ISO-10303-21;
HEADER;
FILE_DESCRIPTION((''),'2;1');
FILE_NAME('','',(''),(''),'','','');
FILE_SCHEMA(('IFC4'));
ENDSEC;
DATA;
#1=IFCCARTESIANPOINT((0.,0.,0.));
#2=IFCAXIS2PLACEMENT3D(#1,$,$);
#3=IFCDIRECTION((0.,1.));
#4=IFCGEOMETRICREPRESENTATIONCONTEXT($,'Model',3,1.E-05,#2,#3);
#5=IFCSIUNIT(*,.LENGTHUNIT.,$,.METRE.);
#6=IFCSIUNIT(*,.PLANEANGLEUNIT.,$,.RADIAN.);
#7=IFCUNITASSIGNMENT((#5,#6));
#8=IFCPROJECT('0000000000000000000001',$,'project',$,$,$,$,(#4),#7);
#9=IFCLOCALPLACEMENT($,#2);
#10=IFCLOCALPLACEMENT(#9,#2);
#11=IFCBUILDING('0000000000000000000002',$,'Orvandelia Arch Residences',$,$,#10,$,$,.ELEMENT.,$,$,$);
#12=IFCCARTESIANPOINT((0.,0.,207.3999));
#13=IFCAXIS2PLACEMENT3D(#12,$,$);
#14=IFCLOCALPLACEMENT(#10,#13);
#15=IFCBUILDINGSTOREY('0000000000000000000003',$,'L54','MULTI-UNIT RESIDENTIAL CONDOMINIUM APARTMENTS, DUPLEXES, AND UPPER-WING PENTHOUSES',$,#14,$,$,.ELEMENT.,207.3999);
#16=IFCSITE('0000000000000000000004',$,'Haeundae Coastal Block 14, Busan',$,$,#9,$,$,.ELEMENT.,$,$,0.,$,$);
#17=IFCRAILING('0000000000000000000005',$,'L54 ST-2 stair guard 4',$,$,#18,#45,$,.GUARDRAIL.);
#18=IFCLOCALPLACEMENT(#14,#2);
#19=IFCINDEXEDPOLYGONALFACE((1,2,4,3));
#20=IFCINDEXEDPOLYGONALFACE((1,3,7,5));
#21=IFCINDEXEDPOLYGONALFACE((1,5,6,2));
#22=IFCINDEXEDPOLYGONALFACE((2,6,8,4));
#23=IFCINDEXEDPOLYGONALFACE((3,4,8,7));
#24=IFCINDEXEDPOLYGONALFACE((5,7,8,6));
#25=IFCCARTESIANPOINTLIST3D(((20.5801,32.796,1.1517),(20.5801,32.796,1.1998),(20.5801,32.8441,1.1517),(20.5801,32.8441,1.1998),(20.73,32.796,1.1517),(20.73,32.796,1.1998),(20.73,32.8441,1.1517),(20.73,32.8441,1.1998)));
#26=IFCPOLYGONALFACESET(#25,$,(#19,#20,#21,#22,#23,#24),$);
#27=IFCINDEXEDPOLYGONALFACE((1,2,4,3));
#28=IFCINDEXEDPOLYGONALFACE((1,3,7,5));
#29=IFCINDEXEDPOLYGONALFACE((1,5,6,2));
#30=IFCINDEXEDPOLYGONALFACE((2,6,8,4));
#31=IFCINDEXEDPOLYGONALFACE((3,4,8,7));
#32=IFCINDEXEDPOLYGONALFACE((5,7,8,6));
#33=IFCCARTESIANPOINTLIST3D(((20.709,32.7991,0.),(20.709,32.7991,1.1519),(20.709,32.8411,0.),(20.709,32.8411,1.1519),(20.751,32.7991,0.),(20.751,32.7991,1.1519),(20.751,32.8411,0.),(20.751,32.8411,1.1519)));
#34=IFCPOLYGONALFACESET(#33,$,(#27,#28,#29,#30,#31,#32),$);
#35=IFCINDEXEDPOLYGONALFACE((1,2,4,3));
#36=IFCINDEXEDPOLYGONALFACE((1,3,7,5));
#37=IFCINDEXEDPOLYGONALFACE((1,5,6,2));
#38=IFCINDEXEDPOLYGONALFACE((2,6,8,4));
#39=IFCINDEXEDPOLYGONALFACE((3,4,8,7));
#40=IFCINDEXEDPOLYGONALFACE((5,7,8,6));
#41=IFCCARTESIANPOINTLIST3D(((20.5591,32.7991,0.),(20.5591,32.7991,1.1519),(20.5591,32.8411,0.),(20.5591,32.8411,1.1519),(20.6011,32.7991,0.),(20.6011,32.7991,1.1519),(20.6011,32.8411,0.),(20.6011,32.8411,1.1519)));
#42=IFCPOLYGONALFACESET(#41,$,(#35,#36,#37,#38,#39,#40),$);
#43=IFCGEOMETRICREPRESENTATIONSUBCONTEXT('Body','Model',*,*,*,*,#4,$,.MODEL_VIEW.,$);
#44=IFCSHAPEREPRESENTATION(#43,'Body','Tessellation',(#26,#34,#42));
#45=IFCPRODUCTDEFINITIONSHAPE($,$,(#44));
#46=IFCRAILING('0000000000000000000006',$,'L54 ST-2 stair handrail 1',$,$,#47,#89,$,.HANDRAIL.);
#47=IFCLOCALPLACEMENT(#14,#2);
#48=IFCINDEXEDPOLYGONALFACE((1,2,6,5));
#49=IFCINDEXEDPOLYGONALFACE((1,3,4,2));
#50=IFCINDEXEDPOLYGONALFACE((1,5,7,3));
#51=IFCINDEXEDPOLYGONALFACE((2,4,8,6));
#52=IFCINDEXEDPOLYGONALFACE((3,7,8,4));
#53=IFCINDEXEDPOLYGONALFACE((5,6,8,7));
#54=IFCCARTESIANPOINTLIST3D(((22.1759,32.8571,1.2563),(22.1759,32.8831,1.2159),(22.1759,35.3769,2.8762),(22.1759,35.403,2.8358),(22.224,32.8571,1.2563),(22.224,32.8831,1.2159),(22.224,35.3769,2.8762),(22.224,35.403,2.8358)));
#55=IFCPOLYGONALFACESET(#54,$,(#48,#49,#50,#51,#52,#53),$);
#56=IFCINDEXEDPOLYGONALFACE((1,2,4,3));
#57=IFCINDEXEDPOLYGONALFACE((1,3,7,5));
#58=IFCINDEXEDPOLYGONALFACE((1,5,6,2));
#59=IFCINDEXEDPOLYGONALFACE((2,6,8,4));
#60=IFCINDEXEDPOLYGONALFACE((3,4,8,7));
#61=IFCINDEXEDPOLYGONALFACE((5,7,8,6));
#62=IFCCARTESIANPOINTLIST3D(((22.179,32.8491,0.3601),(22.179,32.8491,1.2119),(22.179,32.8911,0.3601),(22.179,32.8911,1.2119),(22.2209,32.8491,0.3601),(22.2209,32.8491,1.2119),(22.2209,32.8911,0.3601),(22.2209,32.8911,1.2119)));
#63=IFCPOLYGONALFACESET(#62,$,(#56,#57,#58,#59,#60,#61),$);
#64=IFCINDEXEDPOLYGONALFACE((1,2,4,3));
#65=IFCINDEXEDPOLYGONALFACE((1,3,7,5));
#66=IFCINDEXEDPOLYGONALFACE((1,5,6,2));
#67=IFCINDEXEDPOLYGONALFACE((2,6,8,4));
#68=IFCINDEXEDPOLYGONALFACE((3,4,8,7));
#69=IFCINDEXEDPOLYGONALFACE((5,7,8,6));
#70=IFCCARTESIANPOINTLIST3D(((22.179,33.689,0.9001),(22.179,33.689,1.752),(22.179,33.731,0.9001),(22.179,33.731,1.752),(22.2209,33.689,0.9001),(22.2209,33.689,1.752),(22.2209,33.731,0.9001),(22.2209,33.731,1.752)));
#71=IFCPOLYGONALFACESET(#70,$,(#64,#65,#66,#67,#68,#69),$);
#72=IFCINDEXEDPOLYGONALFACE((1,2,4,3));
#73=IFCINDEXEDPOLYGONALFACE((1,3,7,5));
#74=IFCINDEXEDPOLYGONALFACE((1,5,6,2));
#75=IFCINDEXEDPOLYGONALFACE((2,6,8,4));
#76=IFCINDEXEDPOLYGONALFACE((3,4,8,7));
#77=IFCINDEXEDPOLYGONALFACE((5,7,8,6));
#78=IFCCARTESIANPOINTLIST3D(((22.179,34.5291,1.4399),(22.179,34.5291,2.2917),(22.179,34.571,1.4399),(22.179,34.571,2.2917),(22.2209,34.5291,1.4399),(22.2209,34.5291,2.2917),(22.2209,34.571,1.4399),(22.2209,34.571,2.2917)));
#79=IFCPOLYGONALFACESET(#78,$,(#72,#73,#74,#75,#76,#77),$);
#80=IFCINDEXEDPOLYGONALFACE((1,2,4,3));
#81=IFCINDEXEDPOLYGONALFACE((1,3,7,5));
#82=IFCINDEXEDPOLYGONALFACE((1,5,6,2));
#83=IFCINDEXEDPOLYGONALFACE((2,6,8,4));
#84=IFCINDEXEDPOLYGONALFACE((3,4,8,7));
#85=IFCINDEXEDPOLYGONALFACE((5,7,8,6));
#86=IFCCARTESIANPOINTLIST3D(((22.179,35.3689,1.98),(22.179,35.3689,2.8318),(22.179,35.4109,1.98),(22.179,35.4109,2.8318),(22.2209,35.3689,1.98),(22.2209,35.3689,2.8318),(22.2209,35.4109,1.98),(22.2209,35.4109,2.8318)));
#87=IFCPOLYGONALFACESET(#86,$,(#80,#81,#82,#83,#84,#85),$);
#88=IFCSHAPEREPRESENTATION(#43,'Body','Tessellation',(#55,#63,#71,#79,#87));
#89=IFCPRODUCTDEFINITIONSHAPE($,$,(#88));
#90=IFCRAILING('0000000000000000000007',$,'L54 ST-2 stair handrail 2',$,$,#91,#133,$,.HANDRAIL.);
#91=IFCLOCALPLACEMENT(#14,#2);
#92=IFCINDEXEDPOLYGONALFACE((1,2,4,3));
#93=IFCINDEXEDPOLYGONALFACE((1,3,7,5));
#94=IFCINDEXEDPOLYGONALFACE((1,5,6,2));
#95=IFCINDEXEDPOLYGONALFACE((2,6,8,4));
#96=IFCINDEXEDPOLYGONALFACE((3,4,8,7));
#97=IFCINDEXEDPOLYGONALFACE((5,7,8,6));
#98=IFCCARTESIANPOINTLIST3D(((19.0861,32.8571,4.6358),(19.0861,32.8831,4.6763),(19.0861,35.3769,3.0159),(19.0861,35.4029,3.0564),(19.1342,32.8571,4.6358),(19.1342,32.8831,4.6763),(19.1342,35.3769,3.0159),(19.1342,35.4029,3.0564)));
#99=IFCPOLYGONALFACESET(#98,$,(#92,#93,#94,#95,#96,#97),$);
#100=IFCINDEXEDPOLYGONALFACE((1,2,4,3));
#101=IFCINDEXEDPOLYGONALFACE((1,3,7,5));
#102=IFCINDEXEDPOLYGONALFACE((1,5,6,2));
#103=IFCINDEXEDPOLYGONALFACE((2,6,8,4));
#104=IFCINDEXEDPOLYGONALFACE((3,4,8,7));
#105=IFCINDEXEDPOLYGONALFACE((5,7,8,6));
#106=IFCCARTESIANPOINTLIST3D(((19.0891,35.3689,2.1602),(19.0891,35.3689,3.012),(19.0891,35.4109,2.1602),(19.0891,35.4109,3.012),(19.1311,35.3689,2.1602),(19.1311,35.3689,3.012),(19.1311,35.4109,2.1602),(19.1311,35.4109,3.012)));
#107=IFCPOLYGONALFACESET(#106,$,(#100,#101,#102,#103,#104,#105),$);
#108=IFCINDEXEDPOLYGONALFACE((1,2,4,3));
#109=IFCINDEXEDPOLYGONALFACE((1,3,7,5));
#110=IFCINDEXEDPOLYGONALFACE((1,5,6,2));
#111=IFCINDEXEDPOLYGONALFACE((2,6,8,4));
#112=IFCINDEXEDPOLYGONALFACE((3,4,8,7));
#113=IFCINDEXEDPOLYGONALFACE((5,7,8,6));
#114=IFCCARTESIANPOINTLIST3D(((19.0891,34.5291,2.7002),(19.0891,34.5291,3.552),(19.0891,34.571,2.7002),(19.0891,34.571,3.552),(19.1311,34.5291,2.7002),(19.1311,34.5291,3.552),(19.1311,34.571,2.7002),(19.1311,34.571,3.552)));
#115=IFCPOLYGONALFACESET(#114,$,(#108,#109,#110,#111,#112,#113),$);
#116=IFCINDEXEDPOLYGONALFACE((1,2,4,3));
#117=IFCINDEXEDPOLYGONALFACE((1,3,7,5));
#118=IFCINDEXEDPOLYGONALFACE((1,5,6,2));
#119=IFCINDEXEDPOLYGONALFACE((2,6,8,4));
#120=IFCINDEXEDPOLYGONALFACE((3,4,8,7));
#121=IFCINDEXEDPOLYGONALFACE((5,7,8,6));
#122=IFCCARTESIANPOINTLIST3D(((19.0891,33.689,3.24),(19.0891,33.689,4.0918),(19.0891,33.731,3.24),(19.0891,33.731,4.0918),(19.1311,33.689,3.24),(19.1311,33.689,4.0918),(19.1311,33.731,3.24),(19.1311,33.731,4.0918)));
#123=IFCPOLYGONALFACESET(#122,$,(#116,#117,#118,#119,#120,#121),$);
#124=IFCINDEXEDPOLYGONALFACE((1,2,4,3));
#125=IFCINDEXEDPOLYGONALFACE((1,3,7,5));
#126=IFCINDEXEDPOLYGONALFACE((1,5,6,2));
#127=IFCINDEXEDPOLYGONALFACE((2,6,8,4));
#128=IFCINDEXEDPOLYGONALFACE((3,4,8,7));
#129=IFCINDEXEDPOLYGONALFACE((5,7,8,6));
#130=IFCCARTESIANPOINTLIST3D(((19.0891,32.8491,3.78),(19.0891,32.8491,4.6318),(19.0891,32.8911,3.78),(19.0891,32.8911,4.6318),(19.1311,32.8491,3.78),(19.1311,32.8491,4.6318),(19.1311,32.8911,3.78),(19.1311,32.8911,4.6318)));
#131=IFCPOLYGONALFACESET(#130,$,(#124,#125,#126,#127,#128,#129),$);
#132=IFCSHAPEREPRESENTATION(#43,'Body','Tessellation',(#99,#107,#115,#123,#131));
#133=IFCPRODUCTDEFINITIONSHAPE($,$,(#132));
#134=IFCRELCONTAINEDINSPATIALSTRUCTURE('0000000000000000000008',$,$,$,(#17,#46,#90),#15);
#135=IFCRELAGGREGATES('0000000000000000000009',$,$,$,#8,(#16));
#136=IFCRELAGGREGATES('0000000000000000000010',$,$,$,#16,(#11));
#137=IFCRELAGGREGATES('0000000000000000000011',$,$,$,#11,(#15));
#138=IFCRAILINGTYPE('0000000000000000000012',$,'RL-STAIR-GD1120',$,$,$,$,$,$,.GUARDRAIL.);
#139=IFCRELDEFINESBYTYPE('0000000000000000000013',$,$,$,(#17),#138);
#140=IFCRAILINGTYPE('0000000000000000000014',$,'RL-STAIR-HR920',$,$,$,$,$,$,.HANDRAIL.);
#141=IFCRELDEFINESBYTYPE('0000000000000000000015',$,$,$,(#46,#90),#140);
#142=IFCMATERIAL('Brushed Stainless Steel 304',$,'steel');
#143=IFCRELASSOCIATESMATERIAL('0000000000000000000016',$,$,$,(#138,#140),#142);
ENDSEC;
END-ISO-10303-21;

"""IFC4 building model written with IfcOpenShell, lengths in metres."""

from ifc_helpers import new_model, si_unit, direction, frame, origin, origin_2d, place, context, subcontext, project, spatial, rectangle, extrude, material, type_object, element, save


model = new_model("IFC4")

# Units and contexts
model_context = context("Model", 3, precision=1e-05, world=origin(), true_north=direction((0.0, 1.0)))
body_context = subcontext(model_context, "Body", "Model", "MODEL_VIEW")
ifc_project = project(units=[si_unit("LENGTHUNIT", "METRE"), si_unit("PLANEANGLEUNIT", "RADIAN")], contexts=[model_context])

# Site, building, storey
site_placement = place(None, origin())
site = spatial("IfcSite", under=ifc_project, at=site_placement, Name="Haeundae Coastal Block 14, Busan", CompositionType="ELEMENT", RefElevation=0.0)
building_placement = place(site_placement, origin())
building = spatial("IfcBuilding", under=site, at=building_placement, Name="Orvandelia Arch Residences", CompositionType="ELEMENT")
storey_placement = place(building_placement, frame((0.0, 0.0, 207.3999)))
storey = spatial("IfcBuildingStorey", under=building, at=storey_placement, Name="L54", Description="MULTI-UNIT RESIDENTIAL CONDOMINIUM APARTMENTS, DUPLEXES, AND UPPER-WING PENTHOUSES", CompositionType="ELEMENT", Elevation=207.3999)

# Railings
ifc_material_1 = material(Name="Brushed Stainless Steel 304", Category="steel")
railing_type_1 = type_object("IfcRailingType", Name="RL-STAIR-GD1120", PredefinedType="GUARDRAIL", material=ifc_material_1)
railing_1_placement = place(storey_placement, frame((20.73, 32.8201, 0.0)))
element("IfcRailing", 1, at=railing_1_placement, inside=storey, type_object=railing_type_1, Name="L54 ST-2 stair guard 4", PredefinedType="GUARDRAIL", context=body_context, shape_type="SweptSolid", body=[
    extrude(rectangle(XDim=0.0481, YDim=0.0481, at=origin_2d()), frame((0.0, 0.0, 1.1758), z_axis=(-1.0, 0.0, 0.0), x_axis=(0.0, -1.0, 0.0)), (0.0, 0.0, 1.0), 0.1499),
    extrude(rectangle(XDim=0.042, YDim=0.042, at=origin_2d()), origin(), (0.0, 0.0, 1.0), 1.1519),
    extrude(rectangle(XDim=0.042, YDim=0.042, at=origin_2d()), frame((-0.1499, 0.0, 0.0)), (0.0, 0.0, 1.0), 1.1519),
])
railing_type_2 = type_object("IfcRailingType", Name="RL-STAIR-HR920", PredefinedType="HANDRAIL", material=ifc_material_1)
railing_2_placement = place(storey_placement, frame((22.2, 32.8701, 0.3601)))
element("IfcRailing", 2, at=railing_2_placement, inside=storey, type_object=railing_type_2, Name="L54 ST-2 stair handrail 1", PredefinedType="HANDRAIL", context=body_context, shape_type="SweptSolid", body=[
    extrude(rectangle(XDim=0.0481, YDim=0.0481, at=origin_2d()), frame((0.0, 0.0, 0.876), z_axis=(0.0, 0.841176, 0.540762), x_axis=(-1.0, 0.0, 0.0)), (0.0, 0.0, 1.0), 2.9956),
    extrude(rectangle(XDim=0.042, YDim=0.042, at=origin_2d()), origin(), (0.0, 0.0, 1.0), 0.8518),
    extrude(rectangle(XDim=0.042, YDim=0.042, at=origin_2d()), frame((0.0, 0.8398, 0.54)), (0.0, 0.0, 1.0), 0.8518),
    extrude(rectangle(XDim=0.042, YDim=0.042, at=origin_2d()), frame((0.0, 1.6799, 1.0798)), (0.0, 0.0, 1.0), 0.8518),
    extrude(rectangle(XDim=0.042, YDim=0.042, at=origin_2d()), frame((0.0, 2.5198, 1.6199)), (0.0, 0.0, 1.0), 0.8518),
])
railing_3_placement = place(storey_placement, frame((19.1101, 35.3899, 2.1602)))
element("IfcRailing", 3, at=railing_3_placement, inside=storey, type_object=railing_type_2, Name="L54 ST-2 stair handrail 2", PredefinedType="HANDRAIL", context=body_context, shape_type="SweptSolid", body=[
    extrude(rectangle(XDim=0.0481, YDim=0.0481, at=origin_2d()), frame((0.0, 0.0, 0.876), z_axis=(0.0, -0.841176, 0.540762), x_axis=(1.0, 0.0, 0.0)), (0.0, 0.0, 1.0), 2.9956),
    extrude(rectangle(XDim=0.042, YDim=0.042, at=origin_2d()), origin(), (0.0, 0.0, 1.0), 0.8518),
    extrude(rectangle(XDim=0.042, YDim=0.042, at=origin_2d()), frame((0.0, -0.8398, 0.54)), (0.0, 0.0, 1.0), 0.8518),
    extrude(rectangle(XDim=0.042, YDim=0.042, at=origin_2d()), frame((0.0, -1.6799, 1.0798)), (0.0, 0.0, 1.0), 0.8518),
    extrude(rectangle(XDim=0.042, YDim=0.042, at=origin_2d()), frame((0.0, -2.5198, 1.6199)), (0.0, 0.0, 1.0), 0.8518),
])

save(model, "model.ifc")
